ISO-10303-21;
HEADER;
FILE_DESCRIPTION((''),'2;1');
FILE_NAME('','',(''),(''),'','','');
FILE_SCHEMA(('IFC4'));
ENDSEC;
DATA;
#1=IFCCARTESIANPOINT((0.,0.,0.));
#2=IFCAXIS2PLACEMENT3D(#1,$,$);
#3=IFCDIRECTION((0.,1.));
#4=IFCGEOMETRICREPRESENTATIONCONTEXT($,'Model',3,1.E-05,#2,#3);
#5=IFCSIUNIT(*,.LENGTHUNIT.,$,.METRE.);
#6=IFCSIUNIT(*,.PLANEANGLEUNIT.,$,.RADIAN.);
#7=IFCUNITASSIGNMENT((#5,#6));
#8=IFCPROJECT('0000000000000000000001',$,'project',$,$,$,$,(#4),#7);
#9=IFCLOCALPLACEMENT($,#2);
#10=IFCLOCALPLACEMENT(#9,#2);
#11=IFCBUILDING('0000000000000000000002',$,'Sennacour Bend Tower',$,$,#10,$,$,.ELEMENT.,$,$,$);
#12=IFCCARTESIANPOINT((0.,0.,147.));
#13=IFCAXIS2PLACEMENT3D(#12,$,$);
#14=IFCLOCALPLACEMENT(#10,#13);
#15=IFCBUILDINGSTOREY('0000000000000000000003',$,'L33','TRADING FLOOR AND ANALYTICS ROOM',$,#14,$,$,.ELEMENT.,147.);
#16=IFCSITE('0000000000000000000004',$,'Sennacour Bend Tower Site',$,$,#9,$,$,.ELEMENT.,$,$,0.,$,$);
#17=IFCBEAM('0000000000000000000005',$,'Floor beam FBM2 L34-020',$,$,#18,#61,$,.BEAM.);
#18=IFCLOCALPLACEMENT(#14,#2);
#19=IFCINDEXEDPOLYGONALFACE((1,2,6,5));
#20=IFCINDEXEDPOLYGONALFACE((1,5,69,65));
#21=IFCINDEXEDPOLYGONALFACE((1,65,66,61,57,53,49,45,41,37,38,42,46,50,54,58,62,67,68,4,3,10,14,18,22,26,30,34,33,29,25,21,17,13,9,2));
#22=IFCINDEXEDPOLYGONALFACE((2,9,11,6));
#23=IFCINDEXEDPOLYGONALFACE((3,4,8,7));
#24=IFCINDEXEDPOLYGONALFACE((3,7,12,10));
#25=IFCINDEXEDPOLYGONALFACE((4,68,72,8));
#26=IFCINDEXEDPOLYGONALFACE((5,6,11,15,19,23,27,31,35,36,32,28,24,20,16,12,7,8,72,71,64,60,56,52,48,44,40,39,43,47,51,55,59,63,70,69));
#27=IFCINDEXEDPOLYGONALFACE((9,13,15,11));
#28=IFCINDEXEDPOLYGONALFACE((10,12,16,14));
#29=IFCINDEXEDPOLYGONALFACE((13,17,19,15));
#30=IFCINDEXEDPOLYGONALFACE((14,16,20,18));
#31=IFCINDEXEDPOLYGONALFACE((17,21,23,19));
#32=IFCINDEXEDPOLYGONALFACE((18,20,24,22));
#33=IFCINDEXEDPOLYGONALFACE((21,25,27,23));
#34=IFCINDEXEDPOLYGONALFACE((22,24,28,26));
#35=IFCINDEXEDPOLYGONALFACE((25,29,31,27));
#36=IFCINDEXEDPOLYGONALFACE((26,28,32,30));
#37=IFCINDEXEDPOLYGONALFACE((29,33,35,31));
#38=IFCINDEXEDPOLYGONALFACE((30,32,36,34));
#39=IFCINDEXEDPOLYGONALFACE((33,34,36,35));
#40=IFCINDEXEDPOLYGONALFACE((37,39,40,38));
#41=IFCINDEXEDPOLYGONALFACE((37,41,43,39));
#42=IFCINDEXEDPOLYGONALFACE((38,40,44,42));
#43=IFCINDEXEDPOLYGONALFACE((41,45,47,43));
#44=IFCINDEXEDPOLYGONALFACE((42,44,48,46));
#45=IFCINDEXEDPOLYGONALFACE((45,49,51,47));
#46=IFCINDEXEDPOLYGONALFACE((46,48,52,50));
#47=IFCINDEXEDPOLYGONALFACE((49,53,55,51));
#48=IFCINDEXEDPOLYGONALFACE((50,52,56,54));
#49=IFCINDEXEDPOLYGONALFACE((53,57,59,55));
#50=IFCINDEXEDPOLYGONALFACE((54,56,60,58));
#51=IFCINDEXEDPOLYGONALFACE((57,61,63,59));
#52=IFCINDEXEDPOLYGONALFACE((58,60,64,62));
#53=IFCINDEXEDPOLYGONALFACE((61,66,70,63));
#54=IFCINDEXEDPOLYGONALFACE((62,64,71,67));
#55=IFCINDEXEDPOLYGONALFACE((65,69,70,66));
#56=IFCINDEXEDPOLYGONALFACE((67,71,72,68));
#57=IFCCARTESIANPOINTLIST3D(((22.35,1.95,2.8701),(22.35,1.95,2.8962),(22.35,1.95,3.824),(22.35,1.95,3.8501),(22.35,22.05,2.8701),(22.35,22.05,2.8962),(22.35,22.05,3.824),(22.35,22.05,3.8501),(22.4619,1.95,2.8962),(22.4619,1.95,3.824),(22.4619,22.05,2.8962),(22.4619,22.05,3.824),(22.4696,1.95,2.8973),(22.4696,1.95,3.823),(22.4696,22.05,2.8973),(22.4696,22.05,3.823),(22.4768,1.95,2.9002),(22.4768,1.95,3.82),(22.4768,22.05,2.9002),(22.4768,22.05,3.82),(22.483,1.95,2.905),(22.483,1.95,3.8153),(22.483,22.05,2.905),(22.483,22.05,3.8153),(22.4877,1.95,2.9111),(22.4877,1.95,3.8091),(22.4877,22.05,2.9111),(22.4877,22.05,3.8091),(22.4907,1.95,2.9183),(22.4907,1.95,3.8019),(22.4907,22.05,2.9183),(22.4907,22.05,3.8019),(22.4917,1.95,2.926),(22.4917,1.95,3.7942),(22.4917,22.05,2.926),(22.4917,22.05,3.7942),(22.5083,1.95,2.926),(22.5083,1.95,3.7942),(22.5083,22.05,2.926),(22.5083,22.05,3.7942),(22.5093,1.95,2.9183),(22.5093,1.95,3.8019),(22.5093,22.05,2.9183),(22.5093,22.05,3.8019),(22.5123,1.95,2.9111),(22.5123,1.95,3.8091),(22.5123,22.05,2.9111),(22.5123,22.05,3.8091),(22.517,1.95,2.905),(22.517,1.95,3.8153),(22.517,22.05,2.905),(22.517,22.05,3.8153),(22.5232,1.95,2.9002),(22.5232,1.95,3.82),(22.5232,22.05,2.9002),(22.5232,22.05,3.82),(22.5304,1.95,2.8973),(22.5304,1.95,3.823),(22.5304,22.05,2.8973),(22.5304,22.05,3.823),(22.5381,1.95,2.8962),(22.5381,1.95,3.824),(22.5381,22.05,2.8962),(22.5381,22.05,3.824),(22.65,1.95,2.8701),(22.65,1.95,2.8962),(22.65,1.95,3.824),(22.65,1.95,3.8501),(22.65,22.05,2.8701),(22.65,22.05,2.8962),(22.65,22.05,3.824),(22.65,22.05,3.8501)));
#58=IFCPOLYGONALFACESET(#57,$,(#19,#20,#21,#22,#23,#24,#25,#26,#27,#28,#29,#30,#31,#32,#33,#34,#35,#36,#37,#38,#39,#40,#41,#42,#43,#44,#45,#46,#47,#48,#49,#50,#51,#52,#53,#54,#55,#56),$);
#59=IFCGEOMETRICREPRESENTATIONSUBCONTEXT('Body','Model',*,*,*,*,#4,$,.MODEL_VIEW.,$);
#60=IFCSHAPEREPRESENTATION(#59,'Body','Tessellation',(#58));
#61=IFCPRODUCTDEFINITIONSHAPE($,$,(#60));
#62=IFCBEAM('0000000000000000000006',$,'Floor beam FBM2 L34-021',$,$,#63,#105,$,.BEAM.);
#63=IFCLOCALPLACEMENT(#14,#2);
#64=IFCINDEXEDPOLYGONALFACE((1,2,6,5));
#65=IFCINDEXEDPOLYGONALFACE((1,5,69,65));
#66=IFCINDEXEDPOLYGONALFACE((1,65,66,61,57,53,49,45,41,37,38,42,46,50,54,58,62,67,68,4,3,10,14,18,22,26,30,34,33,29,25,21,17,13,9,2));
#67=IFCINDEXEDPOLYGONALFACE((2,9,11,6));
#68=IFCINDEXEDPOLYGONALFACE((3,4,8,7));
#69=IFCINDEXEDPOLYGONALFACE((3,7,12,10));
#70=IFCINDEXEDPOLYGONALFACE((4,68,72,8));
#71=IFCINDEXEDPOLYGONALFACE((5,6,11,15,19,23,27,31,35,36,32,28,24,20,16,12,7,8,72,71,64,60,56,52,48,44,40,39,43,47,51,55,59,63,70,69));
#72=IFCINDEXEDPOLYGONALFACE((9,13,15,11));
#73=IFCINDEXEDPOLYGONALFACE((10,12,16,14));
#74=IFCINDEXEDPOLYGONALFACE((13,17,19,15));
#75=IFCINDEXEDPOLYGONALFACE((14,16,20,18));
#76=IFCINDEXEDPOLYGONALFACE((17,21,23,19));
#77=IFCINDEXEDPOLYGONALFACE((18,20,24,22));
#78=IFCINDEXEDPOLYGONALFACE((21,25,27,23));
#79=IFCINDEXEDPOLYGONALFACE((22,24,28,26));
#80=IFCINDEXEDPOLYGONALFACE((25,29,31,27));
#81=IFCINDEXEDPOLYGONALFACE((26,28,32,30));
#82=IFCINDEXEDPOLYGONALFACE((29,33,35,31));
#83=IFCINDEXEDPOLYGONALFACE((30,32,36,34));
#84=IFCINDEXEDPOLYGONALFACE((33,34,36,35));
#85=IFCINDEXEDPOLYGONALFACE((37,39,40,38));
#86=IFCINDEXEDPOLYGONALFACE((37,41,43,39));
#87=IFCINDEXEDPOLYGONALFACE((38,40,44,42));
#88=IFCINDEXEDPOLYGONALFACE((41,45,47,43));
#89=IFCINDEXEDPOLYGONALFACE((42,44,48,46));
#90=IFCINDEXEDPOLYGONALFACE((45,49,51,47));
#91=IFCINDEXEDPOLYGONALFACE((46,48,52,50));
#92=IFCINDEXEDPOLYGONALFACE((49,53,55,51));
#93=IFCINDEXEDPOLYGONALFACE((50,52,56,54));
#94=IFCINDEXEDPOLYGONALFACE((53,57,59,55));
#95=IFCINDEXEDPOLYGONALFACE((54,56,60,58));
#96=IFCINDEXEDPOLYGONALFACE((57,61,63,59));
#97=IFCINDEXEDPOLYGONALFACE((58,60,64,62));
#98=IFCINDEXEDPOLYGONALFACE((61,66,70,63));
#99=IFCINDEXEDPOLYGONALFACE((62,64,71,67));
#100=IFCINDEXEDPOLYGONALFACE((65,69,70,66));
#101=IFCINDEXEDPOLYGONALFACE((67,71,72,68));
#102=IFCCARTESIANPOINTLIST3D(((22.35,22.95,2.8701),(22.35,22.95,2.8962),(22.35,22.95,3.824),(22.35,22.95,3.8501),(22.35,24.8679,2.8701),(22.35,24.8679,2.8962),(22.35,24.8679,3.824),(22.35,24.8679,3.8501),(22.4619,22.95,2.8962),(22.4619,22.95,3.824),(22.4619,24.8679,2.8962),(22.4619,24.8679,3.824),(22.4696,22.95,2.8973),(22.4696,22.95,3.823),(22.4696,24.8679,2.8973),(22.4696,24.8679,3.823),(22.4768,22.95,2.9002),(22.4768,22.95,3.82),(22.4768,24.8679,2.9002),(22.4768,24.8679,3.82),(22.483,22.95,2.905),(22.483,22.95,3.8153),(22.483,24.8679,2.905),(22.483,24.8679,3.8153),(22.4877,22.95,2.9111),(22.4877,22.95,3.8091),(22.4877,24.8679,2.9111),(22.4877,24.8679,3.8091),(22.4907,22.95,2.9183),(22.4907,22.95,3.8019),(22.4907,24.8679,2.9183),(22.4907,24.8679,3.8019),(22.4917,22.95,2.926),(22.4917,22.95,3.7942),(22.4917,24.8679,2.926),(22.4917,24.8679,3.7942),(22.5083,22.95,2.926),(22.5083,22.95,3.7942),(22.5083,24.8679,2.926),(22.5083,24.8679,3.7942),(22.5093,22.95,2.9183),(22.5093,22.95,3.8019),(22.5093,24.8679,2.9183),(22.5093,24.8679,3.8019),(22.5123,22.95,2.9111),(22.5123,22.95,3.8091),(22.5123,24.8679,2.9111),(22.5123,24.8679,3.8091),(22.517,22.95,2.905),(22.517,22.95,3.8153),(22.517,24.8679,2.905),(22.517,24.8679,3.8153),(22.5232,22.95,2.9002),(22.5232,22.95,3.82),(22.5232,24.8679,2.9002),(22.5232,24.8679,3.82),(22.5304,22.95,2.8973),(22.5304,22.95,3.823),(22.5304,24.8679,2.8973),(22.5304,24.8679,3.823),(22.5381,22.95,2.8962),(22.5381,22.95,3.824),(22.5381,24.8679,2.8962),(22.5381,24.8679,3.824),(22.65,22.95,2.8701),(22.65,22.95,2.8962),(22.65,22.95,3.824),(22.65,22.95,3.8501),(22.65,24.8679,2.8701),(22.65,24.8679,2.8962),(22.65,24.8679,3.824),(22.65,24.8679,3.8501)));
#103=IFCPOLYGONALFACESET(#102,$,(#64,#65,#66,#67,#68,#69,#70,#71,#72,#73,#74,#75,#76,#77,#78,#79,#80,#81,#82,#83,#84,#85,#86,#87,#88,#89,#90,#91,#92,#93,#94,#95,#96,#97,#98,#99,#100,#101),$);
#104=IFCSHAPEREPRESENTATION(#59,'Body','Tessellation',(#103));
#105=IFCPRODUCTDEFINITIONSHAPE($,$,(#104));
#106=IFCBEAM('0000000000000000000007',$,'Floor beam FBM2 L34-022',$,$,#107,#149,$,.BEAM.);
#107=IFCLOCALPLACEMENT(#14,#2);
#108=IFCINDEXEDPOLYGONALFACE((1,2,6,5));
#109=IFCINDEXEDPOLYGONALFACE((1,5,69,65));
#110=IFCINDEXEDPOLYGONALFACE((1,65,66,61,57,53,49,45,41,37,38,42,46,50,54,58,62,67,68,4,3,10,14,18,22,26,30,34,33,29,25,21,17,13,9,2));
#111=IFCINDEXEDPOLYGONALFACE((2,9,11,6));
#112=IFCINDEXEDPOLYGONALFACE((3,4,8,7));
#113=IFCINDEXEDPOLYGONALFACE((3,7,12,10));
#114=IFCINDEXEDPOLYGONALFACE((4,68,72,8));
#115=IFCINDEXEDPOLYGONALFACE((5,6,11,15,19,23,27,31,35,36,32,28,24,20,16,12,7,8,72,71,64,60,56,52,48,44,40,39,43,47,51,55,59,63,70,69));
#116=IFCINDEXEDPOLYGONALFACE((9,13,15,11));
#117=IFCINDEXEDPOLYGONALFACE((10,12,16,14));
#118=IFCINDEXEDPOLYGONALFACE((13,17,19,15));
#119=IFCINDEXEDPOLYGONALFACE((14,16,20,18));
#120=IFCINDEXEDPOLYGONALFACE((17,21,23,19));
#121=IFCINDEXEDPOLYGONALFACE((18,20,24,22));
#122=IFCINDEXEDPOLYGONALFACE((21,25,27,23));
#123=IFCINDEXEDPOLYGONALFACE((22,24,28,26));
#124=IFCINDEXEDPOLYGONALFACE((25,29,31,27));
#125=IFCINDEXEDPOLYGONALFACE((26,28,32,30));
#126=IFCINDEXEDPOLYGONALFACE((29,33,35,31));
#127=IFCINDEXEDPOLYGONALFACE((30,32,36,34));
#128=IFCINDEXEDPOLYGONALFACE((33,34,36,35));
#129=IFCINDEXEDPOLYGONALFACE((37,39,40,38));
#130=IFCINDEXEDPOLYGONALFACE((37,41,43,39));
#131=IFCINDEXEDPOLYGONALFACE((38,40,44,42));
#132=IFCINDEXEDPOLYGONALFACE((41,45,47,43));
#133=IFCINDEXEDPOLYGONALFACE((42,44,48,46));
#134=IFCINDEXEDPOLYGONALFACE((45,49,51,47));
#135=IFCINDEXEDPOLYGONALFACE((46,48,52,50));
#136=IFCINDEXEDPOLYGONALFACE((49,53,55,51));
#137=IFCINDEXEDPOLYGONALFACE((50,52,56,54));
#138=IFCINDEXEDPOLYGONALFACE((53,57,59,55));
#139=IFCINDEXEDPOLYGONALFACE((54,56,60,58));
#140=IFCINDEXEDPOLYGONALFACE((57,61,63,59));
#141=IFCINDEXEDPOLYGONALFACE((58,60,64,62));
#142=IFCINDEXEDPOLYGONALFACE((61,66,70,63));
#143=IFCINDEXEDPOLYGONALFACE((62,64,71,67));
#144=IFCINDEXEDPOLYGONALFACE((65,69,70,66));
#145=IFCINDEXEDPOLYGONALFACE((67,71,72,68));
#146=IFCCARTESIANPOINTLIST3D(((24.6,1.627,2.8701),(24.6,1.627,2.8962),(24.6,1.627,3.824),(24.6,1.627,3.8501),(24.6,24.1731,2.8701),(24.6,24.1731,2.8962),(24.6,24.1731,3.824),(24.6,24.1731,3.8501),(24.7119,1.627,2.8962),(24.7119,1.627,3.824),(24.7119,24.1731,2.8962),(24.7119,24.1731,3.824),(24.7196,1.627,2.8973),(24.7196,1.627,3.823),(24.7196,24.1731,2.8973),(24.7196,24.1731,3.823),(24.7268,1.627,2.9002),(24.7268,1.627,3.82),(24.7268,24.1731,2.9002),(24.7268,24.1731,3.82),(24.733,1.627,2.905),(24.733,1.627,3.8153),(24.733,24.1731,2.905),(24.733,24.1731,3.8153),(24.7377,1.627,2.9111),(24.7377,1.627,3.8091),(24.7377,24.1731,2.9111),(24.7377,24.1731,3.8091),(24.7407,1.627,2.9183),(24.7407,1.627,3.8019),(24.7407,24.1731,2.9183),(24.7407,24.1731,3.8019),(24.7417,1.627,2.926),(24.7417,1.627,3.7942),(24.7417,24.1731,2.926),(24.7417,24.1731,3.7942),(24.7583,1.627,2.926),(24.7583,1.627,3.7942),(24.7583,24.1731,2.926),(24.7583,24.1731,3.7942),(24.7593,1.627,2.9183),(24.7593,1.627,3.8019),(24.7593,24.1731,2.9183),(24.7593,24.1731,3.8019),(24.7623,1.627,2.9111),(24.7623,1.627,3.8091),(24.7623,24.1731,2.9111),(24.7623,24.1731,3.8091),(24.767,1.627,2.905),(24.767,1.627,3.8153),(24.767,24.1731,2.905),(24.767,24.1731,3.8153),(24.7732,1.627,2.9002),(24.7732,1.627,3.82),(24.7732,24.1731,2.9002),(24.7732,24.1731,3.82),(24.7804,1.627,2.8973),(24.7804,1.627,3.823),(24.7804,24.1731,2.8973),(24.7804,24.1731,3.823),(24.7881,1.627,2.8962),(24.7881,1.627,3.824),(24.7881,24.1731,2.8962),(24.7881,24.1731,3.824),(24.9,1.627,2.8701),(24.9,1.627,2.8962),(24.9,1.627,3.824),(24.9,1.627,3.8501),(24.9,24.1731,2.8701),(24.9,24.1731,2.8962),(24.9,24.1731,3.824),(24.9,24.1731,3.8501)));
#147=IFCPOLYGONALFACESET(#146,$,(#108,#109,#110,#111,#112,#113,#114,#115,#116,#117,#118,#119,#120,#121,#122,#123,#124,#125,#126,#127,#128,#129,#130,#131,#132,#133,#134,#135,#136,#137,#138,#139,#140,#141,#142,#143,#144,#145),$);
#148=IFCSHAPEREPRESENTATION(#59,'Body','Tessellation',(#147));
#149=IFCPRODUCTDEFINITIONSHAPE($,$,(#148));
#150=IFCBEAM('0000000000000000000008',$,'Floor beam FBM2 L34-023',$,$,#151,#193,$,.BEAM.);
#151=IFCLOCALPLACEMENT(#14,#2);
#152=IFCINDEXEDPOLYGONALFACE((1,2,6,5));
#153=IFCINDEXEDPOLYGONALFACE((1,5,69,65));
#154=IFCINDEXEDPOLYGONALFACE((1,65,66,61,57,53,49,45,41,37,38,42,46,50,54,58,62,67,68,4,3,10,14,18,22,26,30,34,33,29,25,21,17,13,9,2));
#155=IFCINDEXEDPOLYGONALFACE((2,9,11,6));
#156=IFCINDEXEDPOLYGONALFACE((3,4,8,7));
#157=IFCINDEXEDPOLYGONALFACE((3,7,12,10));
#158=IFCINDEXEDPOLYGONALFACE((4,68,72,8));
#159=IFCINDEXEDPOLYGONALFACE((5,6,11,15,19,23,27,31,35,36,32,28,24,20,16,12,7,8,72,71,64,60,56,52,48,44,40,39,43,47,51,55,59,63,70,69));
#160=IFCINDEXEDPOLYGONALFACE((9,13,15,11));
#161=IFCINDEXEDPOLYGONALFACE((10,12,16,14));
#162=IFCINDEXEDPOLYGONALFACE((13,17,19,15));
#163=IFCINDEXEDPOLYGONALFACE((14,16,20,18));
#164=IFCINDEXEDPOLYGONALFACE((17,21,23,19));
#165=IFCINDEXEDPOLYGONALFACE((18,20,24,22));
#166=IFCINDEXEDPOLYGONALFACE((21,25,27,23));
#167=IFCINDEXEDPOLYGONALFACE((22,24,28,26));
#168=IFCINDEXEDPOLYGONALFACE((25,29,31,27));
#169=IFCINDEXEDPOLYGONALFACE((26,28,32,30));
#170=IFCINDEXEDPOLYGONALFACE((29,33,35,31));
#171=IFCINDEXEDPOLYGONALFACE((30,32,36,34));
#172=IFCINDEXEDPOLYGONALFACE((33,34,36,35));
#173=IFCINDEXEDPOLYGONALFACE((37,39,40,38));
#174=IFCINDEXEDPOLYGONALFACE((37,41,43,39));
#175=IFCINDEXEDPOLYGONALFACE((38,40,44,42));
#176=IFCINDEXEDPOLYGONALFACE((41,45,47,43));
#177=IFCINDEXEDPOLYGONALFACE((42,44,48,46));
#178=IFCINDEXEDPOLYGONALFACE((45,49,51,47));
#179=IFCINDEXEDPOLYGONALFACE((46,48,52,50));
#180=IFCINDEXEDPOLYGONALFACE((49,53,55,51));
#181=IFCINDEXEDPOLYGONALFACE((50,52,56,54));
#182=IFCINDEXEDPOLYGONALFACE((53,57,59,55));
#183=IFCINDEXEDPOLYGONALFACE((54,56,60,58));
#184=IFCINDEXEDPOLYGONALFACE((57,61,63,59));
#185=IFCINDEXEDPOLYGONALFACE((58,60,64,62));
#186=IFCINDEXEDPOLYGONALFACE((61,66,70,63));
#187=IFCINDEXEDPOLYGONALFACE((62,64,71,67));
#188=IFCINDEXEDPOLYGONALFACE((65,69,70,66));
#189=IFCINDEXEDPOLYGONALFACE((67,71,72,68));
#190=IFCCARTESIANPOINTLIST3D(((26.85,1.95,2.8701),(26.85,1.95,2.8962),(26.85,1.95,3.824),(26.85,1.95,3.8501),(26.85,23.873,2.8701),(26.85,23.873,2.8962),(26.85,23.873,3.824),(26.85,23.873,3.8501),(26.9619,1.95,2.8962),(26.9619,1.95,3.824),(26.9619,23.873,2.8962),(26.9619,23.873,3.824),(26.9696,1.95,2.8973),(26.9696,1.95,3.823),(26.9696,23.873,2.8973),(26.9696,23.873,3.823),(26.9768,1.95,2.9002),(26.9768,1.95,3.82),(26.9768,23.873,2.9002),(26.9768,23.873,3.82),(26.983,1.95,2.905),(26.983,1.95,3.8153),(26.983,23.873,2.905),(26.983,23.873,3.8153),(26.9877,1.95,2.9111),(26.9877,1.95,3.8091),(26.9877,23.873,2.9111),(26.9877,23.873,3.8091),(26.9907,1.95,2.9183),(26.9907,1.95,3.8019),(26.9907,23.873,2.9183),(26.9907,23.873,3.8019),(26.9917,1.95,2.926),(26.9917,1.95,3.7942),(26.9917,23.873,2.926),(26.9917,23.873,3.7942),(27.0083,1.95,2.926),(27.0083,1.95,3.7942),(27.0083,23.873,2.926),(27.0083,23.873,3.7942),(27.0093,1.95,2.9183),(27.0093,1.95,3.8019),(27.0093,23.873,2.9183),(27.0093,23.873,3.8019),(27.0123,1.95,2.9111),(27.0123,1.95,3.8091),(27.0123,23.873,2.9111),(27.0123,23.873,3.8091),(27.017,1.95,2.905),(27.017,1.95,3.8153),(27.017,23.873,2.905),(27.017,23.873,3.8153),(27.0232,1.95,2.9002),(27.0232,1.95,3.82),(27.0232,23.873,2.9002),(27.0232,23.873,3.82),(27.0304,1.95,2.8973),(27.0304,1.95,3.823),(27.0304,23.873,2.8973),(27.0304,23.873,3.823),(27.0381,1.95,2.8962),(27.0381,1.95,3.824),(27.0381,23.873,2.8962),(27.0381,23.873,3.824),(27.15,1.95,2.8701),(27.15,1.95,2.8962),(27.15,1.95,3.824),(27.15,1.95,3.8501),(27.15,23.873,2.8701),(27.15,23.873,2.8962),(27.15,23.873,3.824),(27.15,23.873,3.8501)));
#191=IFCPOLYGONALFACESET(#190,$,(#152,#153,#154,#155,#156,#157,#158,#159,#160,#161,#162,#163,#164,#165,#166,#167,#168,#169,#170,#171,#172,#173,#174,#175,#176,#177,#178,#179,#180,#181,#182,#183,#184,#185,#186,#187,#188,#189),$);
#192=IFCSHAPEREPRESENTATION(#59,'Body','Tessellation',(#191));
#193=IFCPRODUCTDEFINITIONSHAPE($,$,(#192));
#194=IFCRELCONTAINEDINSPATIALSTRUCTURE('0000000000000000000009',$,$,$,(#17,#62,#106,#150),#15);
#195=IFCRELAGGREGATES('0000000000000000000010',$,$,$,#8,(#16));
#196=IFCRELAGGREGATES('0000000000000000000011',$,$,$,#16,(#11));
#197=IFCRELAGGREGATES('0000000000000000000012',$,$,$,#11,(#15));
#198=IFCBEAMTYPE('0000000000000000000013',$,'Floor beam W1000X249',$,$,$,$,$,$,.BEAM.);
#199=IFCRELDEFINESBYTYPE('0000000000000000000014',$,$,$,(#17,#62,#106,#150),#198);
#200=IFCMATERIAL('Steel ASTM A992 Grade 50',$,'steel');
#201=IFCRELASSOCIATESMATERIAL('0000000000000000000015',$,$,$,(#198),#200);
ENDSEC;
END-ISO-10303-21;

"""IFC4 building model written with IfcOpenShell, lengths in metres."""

from ifc_helpers import new_model, si_unit, direction, frame, origin, origin_2d, place, context, subcontext, project, spatial, i_section, extrude, material, material_profile, profile_set, type_object, element, save


model = new_model("IFC4")

# Units and contexts
model_context = context("Model", 3, precision=1e-05, world=origin(), true_north=direction((0.0, 1.0)))
body_context = subcontext(model_context, "Body", "Model", "MODEL_VIEW")
ifc_project = project(units=[si_unit("LENGTHUNIT", "METRE"), si_unit("PLANEANGLEUNIT", "RADIAN")], contexts=[model_context])

# Site, building, storey
site_placement = place(None, origin())
site = spatial("IfcSite", under=ifc_project, at=site_placement, Name="Sennacour Bend Tower Site", CompositionType="ELEMENT", RefElevation=0.0)
building_placement = place(site_placement, origin())
building = spatial("IfcBuilding", under=site, at=building_placement, Name="Sennacour Bend Tower", CompositionType="ELEMENT")
storey_placement = place(building_placement, frame((0.0, 0.0, 147.0)))
storey = spatial("IfcBuildingStorey", under=building, at=storey_placement, Name="L33", Description="TRADING FLOOR AND ANALYTICS ROOM", CompositionType="ELEMENT", Elevation=147.0)

# Beams
ifc_material_1 = material(Name="Steel ASTM A992 Grade 50", Category="steel")
ifc_material_profile_1 = material_profile(ifc_material_1, i_section(OverallWidth=0.3, OverallDepth=0.98, WebThickness=0.0166, FlangeThickness=0.0261, FilletRadius=0.0298, at=origin_2d()), Name="Steel ASTM A992 Grade 50", Category="steel")
ifc_profile_set_1 = profile_set([ifc_material_profile_1], Name="Steel ASTM A992 Grade 50")
beam_type_1 = type_object("IfcBeamType", Name="Floor beam W1000X249", PredefinedType="BEAM", material=ifc_profile_set_1)
beam_1_placement = place(storey_placement, frame((22.5, 1.95, 3.3601), z_axis=(0.0, 1.0, 0.0), x_axis=(-1.0, 0.0, 0.0)))
element("IfcBeam", 1, at=beam_1_placement, inside=storey, type_object=beam_type_1, Name="Floor beam FBM2 L34-020", PredefinedType="BEAM", context=body_context, shape_type="SweptSolid", body=[
    extrude(i_section(OverallWidth=0.3, OverallDepth=0.98, WebThickness=0.0166, FlangeThickness=0.0261, FilletRadius=0.0298, at=origin_2d()), origin(), (0.0, 0.0, 1.0), 20.1001),
])
beam_2_placement = place(storey_placement, frame((22.5, 22.95, 3.3601), z_axis=(0.0, 1.0, 0.0), x_axis=(-1.0, 0.0, 0.0)))
element("IfcBeam", 2, at=beam_2_placement, inside=storey, type_object=beam_type_1, Name="Floor beam FBM2 L34-021", PredefinedType="BEAM", context=body_context, shape_type="SweptSolid", body=[
    extrude(i_section(OverallWidth=0.3, OverallDepth=0.98, WebThickness=0.0166, FlangeThickness=0.0261, FilletRadius=0.0298, at=origin_2d()), origin(), (0.0, 0.0, 1.0), 1.918),
])
beam_3_placement = place(storey_placement, frame((24.75, 1.627, 3.3601), z_axis=(0.0, 1.0, 0.0), x_axis=(-1.0, 0.0, 0.0)))
element("IfcBeam", 3, at=beam_3_placement, inside=storey, type_object=beam_type_1, Name="Floor beam FBM2 L34-022", PredefinedType="BEAM", context=body_context, shape_type="SweptSolid", body=[
    extrude(i_section(OverallWidth=0.3, OverallDepth=0.98, WebThickness=0.0166, FlangeThickness=0.0261, FilletRadius=0.0298, at=origin_2d()), origin(), (0.0, 0.0, 1.0), 22.5461),
])
beam_4_placement = place(storey_placement, frame((27.0, 1.95, 3.3601), z_axis=(0.0, 1.0, 0.0), x_axis=(-1.0, 0.0, 0.0)))
element("IfcBeam", 4, at=beam_4_placement, inside=storey, type_object=beam_type_1, Name="Floor beam FBM2 L34-023", PredefinedType="BEAM", context=body_context, shape_type="SweptSolid", body=[
    extrude(i_section(OverallWidth=0.3, OverallDepth=0.98, WebThickness=0.0166, FlangeThickness=0.0261, FilletRadius=0.0298, at=origin_2d()), origin(), (0.0, 0.0, 1.0), 21.9231),
])

save(model, "model.ifc")
